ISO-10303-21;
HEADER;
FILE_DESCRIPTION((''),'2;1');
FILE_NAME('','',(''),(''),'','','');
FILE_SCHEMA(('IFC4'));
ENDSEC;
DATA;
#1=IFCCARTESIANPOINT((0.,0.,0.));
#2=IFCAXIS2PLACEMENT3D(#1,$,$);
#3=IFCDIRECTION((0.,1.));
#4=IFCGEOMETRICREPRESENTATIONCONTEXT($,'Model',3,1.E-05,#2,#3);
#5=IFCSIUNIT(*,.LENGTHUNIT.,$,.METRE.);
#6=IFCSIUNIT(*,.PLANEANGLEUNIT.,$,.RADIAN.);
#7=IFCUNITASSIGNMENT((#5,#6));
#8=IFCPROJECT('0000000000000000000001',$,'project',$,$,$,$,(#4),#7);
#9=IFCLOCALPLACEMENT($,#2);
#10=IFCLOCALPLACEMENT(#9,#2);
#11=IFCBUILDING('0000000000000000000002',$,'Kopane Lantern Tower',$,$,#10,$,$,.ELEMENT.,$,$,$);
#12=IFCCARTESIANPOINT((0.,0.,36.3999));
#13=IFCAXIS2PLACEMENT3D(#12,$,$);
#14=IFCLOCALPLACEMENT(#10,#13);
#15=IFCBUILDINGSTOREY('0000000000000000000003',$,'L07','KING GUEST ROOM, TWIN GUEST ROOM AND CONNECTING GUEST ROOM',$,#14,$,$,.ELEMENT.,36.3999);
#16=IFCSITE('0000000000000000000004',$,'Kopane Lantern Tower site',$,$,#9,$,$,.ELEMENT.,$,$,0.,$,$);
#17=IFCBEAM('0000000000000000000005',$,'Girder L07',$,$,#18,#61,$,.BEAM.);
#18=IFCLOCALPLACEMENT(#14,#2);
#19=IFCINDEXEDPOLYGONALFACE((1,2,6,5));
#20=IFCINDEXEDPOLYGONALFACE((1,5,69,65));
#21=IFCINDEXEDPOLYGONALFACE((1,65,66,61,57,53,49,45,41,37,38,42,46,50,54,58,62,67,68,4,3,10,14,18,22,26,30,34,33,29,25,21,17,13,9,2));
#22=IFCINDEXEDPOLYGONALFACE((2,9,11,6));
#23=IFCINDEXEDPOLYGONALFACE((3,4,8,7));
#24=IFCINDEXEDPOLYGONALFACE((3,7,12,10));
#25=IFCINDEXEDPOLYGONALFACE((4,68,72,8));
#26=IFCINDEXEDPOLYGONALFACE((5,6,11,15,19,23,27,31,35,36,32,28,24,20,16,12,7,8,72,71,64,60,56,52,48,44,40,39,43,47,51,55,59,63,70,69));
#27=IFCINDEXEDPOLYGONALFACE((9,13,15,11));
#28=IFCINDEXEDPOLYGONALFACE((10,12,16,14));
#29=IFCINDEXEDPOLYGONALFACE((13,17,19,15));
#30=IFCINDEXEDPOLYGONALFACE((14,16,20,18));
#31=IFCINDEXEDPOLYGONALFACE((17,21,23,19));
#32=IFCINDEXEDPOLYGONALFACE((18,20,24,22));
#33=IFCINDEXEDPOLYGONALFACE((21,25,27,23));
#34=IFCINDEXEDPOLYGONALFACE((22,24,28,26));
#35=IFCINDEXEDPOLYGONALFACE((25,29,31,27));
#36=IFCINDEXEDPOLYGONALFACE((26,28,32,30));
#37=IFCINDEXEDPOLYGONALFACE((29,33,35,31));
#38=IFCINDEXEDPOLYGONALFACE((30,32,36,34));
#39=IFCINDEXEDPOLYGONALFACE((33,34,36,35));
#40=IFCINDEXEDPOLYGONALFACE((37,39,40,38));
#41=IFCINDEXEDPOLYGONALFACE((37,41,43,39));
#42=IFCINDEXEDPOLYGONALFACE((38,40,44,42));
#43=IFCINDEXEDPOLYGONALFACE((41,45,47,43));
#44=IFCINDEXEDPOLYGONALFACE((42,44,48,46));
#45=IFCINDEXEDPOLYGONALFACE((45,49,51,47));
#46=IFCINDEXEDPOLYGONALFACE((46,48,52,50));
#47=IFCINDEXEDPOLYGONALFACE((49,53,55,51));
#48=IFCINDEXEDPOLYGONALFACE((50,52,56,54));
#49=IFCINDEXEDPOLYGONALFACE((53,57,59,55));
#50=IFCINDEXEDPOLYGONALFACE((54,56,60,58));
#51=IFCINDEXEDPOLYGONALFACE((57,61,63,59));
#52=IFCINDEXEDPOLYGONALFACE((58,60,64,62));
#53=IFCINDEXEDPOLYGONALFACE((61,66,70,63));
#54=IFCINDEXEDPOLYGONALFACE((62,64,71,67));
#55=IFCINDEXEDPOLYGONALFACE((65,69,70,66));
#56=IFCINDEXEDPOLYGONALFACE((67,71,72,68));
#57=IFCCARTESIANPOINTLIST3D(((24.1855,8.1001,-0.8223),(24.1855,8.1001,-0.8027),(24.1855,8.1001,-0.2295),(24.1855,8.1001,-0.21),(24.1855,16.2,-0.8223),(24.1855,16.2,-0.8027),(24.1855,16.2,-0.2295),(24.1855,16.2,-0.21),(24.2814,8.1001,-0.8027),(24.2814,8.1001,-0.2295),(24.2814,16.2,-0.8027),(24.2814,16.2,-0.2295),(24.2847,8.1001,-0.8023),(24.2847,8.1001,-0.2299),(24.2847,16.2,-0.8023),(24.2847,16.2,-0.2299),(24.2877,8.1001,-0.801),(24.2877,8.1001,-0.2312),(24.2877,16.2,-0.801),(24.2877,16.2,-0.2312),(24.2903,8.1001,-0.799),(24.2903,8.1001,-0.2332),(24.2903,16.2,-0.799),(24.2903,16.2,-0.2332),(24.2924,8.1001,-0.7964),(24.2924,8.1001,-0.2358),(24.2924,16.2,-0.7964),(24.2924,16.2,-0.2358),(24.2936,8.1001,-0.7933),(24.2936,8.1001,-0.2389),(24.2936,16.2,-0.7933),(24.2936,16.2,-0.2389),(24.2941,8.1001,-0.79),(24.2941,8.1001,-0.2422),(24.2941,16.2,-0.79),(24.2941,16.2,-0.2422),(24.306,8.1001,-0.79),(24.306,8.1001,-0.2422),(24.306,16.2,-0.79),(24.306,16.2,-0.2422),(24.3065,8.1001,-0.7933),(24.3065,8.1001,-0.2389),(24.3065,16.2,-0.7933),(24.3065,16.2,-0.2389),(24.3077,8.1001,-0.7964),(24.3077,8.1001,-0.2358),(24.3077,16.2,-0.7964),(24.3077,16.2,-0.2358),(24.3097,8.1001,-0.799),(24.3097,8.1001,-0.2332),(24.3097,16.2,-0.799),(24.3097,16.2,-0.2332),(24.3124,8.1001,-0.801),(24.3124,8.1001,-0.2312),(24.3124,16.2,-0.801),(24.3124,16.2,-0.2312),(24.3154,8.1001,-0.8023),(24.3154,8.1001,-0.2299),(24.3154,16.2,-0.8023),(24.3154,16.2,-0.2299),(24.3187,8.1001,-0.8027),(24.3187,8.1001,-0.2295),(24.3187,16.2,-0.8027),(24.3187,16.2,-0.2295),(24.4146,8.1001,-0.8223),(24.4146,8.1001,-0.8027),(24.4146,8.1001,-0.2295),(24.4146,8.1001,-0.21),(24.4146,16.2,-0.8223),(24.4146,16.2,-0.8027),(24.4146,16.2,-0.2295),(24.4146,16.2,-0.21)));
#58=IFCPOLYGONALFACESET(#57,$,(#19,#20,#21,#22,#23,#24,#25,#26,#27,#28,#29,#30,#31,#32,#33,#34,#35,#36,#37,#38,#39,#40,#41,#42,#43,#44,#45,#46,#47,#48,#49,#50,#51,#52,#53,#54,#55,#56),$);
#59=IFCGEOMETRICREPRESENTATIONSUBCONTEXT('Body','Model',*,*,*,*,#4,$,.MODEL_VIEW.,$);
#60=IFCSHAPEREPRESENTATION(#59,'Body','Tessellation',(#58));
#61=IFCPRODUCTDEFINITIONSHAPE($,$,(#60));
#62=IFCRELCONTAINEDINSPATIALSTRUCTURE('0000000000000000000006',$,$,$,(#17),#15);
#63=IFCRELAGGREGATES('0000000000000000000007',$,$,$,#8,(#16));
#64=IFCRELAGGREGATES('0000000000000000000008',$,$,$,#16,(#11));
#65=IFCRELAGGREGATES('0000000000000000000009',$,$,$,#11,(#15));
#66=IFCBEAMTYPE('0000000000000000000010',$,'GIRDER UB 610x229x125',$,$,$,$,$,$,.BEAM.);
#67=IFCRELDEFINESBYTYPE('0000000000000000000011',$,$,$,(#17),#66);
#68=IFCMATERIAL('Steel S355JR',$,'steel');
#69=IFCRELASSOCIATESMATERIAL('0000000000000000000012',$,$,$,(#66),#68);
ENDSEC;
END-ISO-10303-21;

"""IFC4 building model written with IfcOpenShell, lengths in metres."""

from ifc_helpers import new_model, si_unit, direction, frame, origin, origin_2d, place, context, subcontext, project, spatial, i_section, extrude, material, material_profile, profile_set, type_object, element, save


model = new_model("IFC4")

# Units and contexts
model_context = context("Model", 3, precision=1e-05, world=origin(), true_north=direction((0.0, 1.0)))
body_context = subcontext(model_context, "Body", "Model", "MODEL_VIEW")
ifc_project = project(units=[si_unit("LENGTHUNIT", "METRE"), si_unit("PLANEANGLEUNIT", "RADIAN")], contexts=[model_context])

# Site, building, storey
site_placement = place(None, origin())
site = spatial("IfcSite", under=ifc_project, at=site_placement, Name="Kopane Lantern Tower site", CompositionType="ELEMENT", RefElevation=0.0)
building_placement = place(site_placement, origin())
building = spatial("IfcBuilding", under=site, at=building_placement, Name="Kopane Lantern Tower", CompositionType="ELEMENT")
storey_placement = place(building_placement, frame((0.0, 0.0, 36.3999)))
storey = spatial("IfcBuildingStorey", under=building, at=storey_placement, Name="L07", Description="KING GUEST ROOM, TWIN GUEST ROOM AND CONNECTING GUEST ROOM", CompositionType="ELEMENT", Elevation=36.3999)

# Beam
ifc_material_1 = material(Name="Steel S355JR", Category="steel")
ifc_material_profile_1 = material_profile(ifc_material_1, i_section(OverallWidth=0.229, OverallDepth=0.6123, WebThickness=0.012, FlangeThickness=0.0195, FilletRadius=0.0127, at=origin_2d()), Name="UB 610x229x125")
ifc_profile_set_1 = profile_set([ifc_material_profile_1], Name="Steel S355JR")
beam_type = type_object("IfcBeamType", Name="GIRDER UB 610x229x125", PredefinedType="BEAM", material=ifc_profile_set_1)
for number, where, z_axis, x_axis, name in (
    (1, (24.3, 8.1001, -0.5161), (0.0, 1.0, 0.0), (-1.0, 0.0, 0.0), "Girder L07"),
):
    element("IfcBeam", number, at=place(storey_placement, frame(where, z_axis=z_axis, x_axis=x_axis)), inside=storey, type_object=beam_type, Name=name, PredefinedType="BEAM", context=body_context, shape_type="SweptSolid", body=[
        extrude(i_section(OverallWidth=0.229, OverallDepth=0.6123, WebThickness=0.012, FlangeThickness=0.0195, FilletRadius=0.0127, at=origin_2d()), origin(), (0.0, 0.0, 1.0), 8.0999),
    ])

save(model, "model.ifc")
